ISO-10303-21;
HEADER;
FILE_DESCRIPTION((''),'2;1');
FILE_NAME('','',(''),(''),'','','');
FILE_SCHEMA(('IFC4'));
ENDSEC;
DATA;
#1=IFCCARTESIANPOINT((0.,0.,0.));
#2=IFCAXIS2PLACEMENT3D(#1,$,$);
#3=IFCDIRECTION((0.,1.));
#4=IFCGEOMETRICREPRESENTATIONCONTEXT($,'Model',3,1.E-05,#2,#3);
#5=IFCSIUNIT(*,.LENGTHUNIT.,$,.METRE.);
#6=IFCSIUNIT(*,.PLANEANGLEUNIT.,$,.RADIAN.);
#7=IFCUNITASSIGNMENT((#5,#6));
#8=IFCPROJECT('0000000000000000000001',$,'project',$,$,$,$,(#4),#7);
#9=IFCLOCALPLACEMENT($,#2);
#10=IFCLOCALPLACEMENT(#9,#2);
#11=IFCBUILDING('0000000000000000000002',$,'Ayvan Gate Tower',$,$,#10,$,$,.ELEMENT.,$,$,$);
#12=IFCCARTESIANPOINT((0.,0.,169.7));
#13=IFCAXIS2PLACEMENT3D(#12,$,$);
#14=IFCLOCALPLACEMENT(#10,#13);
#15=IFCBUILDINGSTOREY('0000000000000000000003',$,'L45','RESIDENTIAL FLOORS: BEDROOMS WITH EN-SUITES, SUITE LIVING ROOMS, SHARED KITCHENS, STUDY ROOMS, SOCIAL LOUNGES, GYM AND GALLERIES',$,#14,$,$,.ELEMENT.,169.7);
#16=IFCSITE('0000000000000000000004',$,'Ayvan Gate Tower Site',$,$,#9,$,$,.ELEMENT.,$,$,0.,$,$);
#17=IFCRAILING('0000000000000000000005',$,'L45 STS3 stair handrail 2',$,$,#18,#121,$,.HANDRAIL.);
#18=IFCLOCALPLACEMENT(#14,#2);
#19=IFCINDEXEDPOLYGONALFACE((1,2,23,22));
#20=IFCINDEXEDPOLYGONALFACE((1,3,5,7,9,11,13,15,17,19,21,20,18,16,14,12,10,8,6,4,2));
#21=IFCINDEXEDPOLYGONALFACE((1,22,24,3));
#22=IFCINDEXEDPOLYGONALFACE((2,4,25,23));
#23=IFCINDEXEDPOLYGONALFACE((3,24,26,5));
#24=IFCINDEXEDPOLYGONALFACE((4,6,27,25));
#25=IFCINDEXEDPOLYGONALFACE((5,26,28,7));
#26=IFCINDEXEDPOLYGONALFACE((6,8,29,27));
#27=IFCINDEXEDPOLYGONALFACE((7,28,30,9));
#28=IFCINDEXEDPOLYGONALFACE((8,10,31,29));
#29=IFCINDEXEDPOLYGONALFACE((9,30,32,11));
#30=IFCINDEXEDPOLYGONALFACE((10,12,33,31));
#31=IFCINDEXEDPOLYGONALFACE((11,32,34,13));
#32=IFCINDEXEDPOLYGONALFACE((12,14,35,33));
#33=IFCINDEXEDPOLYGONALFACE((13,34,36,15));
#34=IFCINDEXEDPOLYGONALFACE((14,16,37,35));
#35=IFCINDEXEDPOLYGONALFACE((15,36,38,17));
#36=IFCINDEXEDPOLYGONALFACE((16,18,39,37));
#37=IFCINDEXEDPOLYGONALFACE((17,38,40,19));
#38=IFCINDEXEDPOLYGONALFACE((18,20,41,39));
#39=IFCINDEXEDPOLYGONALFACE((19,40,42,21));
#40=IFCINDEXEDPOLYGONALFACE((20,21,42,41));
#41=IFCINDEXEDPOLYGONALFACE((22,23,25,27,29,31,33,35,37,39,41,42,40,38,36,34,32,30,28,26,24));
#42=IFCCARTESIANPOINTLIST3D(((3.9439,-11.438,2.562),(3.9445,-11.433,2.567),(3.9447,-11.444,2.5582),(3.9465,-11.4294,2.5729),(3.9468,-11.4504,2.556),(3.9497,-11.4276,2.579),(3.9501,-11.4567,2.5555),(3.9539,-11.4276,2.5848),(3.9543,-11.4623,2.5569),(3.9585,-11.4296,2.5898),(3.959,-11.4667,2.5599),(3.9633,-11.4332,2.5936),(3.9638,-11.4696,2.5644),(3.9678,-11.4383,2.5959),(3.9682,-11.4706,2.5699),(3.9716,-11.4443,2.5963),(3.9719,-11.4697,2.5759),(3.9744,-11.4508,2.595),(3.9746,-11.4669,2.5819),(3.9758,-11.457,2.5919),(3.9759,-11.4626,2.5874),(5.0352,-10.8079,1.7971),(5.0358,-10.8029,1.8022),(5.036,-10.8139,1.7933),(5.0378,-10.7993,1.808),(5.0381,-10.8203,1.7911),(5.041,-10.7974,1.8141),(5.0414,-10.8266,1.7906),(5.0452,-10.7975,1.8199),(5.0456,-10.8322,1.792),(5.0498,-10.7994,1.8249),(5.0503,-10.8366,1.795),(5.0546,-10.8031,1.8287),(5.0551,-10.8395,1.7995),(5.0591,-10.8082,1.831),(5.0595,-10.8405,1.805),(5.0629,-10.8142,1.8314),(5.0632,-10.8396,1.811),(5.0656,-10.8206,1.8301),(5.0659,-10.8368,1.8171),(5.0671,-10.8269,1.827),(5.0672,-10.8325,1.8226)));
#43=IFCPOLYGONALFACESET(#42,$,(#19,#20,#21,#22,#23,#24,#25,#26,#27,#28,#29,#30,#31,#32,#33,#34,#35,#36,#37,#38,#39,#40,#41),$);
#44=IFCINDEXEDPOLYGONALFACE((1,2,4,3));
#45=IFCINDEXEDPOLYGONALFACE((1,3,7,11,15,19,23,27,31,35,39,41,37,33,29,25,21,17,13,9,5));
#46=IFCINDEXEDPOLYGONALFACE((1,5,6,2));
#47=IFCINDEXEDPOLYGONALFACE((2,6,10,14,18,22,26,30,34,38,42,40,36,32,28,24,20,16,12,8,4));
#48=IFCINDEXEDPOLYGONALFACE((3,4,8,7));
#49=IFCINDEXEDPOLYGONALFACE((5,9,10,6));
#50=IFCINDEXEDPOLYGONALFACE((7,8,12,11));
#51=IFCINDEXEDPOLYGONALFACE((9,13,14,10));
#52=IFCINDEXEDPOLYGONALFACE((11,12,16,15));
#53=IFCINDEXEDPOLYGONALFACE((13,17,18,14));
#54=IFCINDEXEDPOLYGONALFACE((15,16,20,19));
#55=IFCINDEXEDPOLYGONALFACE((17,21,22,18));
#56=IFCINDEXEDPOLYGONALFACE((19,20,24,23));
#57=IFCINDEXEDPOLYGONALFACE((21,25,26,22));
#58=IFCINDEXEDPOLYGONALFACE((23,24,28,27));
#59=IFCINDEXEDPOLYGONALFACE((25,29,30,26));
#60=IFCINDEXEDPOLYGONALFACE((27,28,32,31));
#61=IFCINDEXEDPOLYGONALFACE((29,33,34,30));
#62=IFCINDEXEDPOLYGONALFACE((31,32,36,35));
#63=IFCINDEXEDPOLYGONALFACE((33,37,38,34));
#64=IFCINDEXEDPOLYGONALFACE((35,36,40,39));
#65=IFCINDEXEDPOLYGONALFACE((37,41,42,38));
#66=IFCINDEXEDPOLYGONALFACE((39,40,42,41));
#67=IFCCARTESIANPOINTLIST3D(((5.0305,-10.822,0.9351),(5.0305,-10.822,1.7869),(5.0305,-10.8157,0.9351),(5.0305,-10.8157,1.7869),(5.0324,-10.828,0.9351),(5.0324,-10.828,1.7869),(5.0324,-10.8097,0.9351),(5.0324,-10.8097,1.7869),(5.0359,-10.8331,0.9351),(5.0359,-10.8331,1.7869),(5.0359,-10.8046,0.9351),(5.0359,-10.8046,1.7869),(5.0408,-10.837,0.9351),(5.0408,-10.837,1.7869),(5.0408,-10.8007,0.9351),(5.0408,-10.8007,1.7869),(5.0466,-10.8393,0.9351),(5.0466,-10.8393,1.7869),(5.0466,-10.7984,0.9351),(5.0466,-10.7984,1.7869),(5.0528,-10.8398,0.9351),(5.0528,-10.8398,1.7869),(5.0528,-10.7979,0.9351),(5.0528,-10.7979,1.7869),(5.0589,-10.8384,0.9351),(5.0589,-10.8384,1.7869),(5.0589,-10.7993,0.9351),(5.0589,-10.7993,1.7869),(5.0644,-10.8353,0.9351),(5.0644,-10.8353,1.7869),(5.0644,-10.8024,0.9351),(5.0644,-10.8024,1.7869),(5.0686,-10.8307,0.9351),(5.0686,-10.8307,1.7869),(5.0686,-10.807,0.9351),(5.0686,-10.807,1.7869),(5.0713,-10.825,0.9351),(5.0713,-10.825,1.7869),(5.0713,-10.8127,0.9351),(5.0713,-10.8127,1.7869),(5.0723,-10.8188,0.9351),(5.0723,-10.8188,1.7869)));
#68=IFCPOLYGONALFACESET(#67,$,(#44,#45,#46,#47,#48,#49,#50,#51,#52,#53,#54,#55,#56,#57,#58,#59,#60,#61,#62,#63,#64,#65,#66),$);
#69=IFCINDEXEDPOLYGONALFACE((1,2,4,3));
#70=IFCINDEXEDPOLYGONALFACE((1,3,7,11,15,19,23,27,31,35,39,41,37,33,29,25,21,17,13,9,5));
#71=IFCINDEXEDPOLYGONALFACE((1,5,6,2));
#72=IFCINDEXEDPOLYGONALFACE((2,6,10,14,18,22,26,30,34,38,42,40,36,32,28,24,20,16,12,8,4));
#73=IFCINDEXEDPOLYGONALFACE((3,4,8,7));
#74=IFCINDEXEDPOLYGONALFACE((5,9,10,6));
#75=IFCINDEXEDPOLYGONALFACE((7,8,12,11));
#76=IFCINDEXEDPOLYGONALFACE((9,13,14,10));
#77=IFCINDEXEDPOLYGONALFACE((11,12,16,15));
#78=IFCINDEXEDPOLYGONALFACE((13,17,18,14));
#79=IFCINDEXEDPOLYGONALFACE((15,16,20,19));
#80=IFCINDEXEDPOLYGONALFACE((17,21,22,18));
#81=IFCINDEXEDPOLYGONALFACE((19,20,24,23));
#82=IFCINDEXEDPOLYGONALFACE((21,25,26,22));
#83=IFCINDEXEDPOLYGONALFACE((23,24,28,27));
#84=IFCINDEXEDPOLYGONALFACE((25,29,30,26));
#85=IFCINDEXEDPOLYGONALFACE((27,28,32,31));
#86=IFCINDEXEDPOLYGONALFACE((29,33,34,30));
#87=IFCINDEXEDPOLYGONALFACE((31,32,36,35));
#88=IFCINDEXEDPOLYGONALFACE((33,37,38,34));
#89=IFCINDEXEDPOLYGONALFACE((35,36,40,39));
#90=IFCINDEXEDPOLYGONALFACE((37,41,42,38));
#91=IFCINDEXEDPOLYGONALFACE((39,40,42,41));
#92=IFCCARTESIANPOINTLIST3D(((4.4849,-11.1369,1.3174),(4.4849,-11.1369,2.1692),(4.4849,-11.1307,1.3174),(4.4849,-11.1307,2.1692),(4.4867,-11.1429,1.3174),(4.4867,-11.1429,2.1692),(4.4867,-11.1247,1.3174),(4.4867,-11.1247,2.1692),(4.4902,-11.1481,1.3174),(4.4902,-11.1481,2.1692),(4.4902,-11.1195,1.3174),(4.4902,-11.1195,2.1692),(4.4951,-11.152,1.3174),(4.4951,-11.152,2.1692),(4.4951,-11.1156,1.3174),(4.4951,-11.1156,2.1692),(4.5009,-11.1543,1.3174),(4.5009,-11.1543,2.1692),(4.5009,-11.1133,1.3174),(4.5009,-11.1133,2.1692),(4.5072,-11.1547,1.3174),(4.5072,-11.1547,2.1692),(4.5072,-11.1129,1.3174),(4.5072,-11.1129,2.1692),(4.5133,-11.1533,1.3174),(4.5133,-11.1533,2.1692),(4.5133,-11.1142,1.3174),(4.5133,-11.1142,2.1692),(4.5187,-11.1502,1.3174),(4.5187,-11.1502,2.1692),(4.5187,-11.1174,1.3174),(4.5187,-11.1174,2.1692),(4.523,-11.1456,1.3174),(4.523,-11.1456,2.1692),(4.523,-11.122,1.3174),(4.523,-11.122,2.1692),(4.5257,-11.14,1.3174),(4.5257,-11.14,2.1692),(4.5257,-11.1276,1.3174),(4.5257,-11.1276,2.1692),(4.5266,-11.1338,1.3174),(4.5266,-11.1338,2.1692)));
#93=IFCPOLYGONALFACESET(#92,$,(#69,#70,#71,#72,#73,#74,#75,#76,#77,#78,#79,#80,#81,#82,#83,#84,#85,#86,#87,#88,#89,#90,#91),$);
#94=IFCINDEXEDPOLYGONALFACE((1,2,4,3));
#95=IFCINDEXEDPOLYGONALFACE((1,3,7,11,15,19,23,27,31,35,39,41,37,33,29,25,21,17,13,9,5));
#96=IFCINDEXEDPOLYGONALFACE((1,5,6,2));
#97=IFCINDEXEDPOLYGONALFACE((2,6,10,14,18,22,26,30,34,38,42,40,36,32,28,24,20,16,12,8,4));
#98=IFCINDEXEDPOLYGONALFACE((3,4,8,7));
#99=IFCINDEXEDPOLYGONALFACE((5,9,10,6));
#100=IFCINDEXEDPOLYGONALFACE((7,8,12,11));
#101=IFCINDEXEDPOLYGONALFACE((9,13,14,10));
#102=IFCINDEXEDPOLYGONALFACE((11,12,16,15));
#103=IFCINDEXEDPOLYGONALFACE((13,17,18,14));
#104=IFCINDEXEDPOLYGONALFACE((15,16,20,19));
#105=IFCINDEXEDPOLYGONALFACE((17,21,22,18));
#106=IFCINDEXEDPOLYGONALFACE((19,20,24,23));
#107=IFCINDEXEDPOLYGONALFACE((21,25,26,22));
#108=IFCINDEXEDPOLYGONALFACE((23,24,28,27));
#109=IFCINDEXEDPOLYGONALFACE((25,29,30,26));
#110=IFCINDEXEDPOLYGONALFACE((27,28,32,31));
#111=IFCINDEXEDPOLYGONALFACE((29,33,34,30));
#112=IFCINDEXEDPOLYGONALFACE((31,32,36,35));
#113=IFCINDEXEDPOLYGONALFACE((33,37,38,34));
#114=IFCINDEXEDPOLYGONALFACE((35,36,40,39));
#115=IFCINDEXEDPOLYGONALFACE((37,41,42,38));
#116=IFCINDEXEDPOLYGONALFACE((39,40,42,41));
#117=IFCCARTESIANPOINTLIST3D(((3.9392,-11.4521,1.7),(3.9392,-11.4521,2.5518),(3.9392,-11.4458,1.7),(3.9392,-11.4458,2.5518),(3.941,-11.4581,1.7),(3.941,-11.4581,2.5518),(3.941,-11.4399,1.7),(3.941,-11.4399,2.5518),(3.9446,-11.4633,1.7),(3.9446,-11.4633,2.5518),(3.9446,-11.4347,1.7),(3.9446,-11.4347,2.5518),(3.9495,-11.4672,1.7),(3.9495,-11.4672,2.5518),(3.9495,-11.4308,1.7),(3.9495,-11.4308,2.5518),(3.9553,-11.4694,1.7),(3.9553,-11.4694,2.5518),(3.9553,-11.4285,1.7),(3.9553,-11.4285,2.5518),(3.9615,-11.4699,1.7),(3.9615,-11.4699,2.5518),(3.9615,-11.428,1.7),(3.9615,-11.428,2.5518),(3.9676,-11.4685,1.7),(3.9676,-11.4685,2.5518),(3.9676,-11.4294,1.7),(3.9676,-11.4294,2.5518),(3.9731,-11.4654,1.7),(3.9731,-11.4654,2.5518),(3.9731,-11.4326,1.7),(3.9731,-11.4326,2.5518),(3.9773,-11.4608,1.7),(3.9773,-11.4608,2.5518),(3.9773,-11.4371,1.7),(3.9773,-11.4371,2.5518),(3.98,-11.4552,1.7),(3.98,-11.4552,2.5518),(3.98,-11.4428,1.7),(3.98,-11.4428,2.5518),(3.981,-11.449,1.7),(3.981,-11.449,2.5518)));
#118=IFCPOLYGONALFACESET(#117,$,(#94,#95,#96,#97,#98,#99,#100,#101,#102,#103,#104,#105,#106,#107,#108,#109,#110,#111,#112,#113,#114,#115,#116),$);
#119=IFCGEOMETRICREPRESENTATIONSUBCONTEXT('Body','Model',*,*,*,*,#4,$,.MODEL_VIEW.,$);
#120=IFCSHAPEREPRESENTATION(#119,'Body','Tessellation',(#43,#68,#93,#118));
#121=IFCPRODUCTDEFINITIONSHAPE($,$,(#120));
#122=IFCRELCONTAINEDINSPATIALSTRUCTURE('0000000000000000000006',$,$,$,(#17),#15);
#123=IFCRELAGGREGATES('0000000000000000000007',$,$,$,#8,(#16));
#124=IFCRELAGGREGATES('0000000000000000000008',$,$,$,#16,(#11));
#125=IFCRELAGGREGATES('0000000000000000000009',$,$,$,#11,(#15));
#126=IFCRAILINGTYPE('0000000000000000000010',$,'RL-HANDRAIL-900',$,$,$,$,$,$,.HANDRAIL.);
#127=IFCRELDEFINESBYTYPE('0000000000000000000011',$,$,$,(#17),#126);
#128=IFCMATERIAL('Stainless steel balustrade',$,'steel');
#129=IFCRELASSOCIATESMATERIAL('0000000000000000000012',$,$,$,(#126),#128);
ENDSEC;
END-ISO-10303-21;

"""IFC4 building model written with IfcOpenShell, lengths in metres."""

from ifc_helpers import new_model, si_unit, direction, frame, origin, origin_2d, place, context, subcontext, project, spatial, circle, extrude, material, type_object, element, save


model = new_model("IFC4")

# Units and contexts
model_context = context("Model", 3, precision=1e-05, world=origin(), true_north=direction((0.0, 1.0)))
body_context = subcontext(model_context, "Body", "Model", "MODEL_VIEW")
ifc_project = project(units=[si_unit("LENGTHUNIT", "METRE"), si_unit("PLANEANGLEUNIT", "RADIAN")], contexts=[model_context])

# Site, building, storey
site_placement = place(None, origin())
site = spatial("IfcSite", under=ifc_project, at=site_placement, Name="Ayvan Gate Tower Site", CompositionType="ELEMENT", RefElevation=0.0)
building_placement = place(site_placement, origin())
building = spatial("IfcBuilding", under=site, at=building_placement, Name="Ayvan Gate Tower", CompositionType="ELEMENT")
storey_placement = place(building_placement, frame((0.0, 0.0, 169.7)))
storey = spatial("IfcBuildingStorey", under=building, at=storey_placement, Name="L45", Description="RESIDENTIAL FLOORS: BEDROOMS WITH EN-SUITES, SUITE LIVING ROOMS, SHARED KITCHENS, STUDY ROOMS, SOCIAL LOUNGES, GYM AND GALLERIES", CompositionType="ELEMENT", Elevation=169.7)

# Railing
ifc_material_1 = material(Name="Stainless steel balustrade", Category="steel")
railing_type_1 = type_object("IfcRailingType", Name="RL-HANDRAIL-900", PredefinedType="HANDRAIL", material=ifc_material_1)
railing_1_placement = place(storey_placement, frame((5.0513, -10.8188, 0.9351)))
element("IfcRailing", 1, at=railing_1_placement, inside=storey, type_object=railing_type_1, Name="L45 STS3 stair handrail 2", PredefinedType="HANDRAIL", context=body_context, shape_type="SweptSolid", body=[
    extrude(circle(Radius=0.0239, at=origin_2d()), frame((0.0, 0.0, 0.876), z_axis=(-0.740304, -0.427455, 0.518875), x_axis=(0.500035, -0.866005, 0.0)), (0.0, 0.0, 1.0), 1.4741),
    extrude(circle(Radius=0.021, at=origin_2d()), origin(), (0.0, 0.0, 1.0), 0.8518),
    extrude(circle(Radius=0.021, at=origin_2d()), frame((-0.5457, -0.3149, 0.3823)), (0.0, 0.0, 1.0), 0.8518),
    extrude(circle(Radius=0.021, at=origin_2d()), frame((-1.0913, -0.6301, 0.7649)), (0.0, 0.0, 1.0), 0.8518),
])

save(model, "model.ifc")
